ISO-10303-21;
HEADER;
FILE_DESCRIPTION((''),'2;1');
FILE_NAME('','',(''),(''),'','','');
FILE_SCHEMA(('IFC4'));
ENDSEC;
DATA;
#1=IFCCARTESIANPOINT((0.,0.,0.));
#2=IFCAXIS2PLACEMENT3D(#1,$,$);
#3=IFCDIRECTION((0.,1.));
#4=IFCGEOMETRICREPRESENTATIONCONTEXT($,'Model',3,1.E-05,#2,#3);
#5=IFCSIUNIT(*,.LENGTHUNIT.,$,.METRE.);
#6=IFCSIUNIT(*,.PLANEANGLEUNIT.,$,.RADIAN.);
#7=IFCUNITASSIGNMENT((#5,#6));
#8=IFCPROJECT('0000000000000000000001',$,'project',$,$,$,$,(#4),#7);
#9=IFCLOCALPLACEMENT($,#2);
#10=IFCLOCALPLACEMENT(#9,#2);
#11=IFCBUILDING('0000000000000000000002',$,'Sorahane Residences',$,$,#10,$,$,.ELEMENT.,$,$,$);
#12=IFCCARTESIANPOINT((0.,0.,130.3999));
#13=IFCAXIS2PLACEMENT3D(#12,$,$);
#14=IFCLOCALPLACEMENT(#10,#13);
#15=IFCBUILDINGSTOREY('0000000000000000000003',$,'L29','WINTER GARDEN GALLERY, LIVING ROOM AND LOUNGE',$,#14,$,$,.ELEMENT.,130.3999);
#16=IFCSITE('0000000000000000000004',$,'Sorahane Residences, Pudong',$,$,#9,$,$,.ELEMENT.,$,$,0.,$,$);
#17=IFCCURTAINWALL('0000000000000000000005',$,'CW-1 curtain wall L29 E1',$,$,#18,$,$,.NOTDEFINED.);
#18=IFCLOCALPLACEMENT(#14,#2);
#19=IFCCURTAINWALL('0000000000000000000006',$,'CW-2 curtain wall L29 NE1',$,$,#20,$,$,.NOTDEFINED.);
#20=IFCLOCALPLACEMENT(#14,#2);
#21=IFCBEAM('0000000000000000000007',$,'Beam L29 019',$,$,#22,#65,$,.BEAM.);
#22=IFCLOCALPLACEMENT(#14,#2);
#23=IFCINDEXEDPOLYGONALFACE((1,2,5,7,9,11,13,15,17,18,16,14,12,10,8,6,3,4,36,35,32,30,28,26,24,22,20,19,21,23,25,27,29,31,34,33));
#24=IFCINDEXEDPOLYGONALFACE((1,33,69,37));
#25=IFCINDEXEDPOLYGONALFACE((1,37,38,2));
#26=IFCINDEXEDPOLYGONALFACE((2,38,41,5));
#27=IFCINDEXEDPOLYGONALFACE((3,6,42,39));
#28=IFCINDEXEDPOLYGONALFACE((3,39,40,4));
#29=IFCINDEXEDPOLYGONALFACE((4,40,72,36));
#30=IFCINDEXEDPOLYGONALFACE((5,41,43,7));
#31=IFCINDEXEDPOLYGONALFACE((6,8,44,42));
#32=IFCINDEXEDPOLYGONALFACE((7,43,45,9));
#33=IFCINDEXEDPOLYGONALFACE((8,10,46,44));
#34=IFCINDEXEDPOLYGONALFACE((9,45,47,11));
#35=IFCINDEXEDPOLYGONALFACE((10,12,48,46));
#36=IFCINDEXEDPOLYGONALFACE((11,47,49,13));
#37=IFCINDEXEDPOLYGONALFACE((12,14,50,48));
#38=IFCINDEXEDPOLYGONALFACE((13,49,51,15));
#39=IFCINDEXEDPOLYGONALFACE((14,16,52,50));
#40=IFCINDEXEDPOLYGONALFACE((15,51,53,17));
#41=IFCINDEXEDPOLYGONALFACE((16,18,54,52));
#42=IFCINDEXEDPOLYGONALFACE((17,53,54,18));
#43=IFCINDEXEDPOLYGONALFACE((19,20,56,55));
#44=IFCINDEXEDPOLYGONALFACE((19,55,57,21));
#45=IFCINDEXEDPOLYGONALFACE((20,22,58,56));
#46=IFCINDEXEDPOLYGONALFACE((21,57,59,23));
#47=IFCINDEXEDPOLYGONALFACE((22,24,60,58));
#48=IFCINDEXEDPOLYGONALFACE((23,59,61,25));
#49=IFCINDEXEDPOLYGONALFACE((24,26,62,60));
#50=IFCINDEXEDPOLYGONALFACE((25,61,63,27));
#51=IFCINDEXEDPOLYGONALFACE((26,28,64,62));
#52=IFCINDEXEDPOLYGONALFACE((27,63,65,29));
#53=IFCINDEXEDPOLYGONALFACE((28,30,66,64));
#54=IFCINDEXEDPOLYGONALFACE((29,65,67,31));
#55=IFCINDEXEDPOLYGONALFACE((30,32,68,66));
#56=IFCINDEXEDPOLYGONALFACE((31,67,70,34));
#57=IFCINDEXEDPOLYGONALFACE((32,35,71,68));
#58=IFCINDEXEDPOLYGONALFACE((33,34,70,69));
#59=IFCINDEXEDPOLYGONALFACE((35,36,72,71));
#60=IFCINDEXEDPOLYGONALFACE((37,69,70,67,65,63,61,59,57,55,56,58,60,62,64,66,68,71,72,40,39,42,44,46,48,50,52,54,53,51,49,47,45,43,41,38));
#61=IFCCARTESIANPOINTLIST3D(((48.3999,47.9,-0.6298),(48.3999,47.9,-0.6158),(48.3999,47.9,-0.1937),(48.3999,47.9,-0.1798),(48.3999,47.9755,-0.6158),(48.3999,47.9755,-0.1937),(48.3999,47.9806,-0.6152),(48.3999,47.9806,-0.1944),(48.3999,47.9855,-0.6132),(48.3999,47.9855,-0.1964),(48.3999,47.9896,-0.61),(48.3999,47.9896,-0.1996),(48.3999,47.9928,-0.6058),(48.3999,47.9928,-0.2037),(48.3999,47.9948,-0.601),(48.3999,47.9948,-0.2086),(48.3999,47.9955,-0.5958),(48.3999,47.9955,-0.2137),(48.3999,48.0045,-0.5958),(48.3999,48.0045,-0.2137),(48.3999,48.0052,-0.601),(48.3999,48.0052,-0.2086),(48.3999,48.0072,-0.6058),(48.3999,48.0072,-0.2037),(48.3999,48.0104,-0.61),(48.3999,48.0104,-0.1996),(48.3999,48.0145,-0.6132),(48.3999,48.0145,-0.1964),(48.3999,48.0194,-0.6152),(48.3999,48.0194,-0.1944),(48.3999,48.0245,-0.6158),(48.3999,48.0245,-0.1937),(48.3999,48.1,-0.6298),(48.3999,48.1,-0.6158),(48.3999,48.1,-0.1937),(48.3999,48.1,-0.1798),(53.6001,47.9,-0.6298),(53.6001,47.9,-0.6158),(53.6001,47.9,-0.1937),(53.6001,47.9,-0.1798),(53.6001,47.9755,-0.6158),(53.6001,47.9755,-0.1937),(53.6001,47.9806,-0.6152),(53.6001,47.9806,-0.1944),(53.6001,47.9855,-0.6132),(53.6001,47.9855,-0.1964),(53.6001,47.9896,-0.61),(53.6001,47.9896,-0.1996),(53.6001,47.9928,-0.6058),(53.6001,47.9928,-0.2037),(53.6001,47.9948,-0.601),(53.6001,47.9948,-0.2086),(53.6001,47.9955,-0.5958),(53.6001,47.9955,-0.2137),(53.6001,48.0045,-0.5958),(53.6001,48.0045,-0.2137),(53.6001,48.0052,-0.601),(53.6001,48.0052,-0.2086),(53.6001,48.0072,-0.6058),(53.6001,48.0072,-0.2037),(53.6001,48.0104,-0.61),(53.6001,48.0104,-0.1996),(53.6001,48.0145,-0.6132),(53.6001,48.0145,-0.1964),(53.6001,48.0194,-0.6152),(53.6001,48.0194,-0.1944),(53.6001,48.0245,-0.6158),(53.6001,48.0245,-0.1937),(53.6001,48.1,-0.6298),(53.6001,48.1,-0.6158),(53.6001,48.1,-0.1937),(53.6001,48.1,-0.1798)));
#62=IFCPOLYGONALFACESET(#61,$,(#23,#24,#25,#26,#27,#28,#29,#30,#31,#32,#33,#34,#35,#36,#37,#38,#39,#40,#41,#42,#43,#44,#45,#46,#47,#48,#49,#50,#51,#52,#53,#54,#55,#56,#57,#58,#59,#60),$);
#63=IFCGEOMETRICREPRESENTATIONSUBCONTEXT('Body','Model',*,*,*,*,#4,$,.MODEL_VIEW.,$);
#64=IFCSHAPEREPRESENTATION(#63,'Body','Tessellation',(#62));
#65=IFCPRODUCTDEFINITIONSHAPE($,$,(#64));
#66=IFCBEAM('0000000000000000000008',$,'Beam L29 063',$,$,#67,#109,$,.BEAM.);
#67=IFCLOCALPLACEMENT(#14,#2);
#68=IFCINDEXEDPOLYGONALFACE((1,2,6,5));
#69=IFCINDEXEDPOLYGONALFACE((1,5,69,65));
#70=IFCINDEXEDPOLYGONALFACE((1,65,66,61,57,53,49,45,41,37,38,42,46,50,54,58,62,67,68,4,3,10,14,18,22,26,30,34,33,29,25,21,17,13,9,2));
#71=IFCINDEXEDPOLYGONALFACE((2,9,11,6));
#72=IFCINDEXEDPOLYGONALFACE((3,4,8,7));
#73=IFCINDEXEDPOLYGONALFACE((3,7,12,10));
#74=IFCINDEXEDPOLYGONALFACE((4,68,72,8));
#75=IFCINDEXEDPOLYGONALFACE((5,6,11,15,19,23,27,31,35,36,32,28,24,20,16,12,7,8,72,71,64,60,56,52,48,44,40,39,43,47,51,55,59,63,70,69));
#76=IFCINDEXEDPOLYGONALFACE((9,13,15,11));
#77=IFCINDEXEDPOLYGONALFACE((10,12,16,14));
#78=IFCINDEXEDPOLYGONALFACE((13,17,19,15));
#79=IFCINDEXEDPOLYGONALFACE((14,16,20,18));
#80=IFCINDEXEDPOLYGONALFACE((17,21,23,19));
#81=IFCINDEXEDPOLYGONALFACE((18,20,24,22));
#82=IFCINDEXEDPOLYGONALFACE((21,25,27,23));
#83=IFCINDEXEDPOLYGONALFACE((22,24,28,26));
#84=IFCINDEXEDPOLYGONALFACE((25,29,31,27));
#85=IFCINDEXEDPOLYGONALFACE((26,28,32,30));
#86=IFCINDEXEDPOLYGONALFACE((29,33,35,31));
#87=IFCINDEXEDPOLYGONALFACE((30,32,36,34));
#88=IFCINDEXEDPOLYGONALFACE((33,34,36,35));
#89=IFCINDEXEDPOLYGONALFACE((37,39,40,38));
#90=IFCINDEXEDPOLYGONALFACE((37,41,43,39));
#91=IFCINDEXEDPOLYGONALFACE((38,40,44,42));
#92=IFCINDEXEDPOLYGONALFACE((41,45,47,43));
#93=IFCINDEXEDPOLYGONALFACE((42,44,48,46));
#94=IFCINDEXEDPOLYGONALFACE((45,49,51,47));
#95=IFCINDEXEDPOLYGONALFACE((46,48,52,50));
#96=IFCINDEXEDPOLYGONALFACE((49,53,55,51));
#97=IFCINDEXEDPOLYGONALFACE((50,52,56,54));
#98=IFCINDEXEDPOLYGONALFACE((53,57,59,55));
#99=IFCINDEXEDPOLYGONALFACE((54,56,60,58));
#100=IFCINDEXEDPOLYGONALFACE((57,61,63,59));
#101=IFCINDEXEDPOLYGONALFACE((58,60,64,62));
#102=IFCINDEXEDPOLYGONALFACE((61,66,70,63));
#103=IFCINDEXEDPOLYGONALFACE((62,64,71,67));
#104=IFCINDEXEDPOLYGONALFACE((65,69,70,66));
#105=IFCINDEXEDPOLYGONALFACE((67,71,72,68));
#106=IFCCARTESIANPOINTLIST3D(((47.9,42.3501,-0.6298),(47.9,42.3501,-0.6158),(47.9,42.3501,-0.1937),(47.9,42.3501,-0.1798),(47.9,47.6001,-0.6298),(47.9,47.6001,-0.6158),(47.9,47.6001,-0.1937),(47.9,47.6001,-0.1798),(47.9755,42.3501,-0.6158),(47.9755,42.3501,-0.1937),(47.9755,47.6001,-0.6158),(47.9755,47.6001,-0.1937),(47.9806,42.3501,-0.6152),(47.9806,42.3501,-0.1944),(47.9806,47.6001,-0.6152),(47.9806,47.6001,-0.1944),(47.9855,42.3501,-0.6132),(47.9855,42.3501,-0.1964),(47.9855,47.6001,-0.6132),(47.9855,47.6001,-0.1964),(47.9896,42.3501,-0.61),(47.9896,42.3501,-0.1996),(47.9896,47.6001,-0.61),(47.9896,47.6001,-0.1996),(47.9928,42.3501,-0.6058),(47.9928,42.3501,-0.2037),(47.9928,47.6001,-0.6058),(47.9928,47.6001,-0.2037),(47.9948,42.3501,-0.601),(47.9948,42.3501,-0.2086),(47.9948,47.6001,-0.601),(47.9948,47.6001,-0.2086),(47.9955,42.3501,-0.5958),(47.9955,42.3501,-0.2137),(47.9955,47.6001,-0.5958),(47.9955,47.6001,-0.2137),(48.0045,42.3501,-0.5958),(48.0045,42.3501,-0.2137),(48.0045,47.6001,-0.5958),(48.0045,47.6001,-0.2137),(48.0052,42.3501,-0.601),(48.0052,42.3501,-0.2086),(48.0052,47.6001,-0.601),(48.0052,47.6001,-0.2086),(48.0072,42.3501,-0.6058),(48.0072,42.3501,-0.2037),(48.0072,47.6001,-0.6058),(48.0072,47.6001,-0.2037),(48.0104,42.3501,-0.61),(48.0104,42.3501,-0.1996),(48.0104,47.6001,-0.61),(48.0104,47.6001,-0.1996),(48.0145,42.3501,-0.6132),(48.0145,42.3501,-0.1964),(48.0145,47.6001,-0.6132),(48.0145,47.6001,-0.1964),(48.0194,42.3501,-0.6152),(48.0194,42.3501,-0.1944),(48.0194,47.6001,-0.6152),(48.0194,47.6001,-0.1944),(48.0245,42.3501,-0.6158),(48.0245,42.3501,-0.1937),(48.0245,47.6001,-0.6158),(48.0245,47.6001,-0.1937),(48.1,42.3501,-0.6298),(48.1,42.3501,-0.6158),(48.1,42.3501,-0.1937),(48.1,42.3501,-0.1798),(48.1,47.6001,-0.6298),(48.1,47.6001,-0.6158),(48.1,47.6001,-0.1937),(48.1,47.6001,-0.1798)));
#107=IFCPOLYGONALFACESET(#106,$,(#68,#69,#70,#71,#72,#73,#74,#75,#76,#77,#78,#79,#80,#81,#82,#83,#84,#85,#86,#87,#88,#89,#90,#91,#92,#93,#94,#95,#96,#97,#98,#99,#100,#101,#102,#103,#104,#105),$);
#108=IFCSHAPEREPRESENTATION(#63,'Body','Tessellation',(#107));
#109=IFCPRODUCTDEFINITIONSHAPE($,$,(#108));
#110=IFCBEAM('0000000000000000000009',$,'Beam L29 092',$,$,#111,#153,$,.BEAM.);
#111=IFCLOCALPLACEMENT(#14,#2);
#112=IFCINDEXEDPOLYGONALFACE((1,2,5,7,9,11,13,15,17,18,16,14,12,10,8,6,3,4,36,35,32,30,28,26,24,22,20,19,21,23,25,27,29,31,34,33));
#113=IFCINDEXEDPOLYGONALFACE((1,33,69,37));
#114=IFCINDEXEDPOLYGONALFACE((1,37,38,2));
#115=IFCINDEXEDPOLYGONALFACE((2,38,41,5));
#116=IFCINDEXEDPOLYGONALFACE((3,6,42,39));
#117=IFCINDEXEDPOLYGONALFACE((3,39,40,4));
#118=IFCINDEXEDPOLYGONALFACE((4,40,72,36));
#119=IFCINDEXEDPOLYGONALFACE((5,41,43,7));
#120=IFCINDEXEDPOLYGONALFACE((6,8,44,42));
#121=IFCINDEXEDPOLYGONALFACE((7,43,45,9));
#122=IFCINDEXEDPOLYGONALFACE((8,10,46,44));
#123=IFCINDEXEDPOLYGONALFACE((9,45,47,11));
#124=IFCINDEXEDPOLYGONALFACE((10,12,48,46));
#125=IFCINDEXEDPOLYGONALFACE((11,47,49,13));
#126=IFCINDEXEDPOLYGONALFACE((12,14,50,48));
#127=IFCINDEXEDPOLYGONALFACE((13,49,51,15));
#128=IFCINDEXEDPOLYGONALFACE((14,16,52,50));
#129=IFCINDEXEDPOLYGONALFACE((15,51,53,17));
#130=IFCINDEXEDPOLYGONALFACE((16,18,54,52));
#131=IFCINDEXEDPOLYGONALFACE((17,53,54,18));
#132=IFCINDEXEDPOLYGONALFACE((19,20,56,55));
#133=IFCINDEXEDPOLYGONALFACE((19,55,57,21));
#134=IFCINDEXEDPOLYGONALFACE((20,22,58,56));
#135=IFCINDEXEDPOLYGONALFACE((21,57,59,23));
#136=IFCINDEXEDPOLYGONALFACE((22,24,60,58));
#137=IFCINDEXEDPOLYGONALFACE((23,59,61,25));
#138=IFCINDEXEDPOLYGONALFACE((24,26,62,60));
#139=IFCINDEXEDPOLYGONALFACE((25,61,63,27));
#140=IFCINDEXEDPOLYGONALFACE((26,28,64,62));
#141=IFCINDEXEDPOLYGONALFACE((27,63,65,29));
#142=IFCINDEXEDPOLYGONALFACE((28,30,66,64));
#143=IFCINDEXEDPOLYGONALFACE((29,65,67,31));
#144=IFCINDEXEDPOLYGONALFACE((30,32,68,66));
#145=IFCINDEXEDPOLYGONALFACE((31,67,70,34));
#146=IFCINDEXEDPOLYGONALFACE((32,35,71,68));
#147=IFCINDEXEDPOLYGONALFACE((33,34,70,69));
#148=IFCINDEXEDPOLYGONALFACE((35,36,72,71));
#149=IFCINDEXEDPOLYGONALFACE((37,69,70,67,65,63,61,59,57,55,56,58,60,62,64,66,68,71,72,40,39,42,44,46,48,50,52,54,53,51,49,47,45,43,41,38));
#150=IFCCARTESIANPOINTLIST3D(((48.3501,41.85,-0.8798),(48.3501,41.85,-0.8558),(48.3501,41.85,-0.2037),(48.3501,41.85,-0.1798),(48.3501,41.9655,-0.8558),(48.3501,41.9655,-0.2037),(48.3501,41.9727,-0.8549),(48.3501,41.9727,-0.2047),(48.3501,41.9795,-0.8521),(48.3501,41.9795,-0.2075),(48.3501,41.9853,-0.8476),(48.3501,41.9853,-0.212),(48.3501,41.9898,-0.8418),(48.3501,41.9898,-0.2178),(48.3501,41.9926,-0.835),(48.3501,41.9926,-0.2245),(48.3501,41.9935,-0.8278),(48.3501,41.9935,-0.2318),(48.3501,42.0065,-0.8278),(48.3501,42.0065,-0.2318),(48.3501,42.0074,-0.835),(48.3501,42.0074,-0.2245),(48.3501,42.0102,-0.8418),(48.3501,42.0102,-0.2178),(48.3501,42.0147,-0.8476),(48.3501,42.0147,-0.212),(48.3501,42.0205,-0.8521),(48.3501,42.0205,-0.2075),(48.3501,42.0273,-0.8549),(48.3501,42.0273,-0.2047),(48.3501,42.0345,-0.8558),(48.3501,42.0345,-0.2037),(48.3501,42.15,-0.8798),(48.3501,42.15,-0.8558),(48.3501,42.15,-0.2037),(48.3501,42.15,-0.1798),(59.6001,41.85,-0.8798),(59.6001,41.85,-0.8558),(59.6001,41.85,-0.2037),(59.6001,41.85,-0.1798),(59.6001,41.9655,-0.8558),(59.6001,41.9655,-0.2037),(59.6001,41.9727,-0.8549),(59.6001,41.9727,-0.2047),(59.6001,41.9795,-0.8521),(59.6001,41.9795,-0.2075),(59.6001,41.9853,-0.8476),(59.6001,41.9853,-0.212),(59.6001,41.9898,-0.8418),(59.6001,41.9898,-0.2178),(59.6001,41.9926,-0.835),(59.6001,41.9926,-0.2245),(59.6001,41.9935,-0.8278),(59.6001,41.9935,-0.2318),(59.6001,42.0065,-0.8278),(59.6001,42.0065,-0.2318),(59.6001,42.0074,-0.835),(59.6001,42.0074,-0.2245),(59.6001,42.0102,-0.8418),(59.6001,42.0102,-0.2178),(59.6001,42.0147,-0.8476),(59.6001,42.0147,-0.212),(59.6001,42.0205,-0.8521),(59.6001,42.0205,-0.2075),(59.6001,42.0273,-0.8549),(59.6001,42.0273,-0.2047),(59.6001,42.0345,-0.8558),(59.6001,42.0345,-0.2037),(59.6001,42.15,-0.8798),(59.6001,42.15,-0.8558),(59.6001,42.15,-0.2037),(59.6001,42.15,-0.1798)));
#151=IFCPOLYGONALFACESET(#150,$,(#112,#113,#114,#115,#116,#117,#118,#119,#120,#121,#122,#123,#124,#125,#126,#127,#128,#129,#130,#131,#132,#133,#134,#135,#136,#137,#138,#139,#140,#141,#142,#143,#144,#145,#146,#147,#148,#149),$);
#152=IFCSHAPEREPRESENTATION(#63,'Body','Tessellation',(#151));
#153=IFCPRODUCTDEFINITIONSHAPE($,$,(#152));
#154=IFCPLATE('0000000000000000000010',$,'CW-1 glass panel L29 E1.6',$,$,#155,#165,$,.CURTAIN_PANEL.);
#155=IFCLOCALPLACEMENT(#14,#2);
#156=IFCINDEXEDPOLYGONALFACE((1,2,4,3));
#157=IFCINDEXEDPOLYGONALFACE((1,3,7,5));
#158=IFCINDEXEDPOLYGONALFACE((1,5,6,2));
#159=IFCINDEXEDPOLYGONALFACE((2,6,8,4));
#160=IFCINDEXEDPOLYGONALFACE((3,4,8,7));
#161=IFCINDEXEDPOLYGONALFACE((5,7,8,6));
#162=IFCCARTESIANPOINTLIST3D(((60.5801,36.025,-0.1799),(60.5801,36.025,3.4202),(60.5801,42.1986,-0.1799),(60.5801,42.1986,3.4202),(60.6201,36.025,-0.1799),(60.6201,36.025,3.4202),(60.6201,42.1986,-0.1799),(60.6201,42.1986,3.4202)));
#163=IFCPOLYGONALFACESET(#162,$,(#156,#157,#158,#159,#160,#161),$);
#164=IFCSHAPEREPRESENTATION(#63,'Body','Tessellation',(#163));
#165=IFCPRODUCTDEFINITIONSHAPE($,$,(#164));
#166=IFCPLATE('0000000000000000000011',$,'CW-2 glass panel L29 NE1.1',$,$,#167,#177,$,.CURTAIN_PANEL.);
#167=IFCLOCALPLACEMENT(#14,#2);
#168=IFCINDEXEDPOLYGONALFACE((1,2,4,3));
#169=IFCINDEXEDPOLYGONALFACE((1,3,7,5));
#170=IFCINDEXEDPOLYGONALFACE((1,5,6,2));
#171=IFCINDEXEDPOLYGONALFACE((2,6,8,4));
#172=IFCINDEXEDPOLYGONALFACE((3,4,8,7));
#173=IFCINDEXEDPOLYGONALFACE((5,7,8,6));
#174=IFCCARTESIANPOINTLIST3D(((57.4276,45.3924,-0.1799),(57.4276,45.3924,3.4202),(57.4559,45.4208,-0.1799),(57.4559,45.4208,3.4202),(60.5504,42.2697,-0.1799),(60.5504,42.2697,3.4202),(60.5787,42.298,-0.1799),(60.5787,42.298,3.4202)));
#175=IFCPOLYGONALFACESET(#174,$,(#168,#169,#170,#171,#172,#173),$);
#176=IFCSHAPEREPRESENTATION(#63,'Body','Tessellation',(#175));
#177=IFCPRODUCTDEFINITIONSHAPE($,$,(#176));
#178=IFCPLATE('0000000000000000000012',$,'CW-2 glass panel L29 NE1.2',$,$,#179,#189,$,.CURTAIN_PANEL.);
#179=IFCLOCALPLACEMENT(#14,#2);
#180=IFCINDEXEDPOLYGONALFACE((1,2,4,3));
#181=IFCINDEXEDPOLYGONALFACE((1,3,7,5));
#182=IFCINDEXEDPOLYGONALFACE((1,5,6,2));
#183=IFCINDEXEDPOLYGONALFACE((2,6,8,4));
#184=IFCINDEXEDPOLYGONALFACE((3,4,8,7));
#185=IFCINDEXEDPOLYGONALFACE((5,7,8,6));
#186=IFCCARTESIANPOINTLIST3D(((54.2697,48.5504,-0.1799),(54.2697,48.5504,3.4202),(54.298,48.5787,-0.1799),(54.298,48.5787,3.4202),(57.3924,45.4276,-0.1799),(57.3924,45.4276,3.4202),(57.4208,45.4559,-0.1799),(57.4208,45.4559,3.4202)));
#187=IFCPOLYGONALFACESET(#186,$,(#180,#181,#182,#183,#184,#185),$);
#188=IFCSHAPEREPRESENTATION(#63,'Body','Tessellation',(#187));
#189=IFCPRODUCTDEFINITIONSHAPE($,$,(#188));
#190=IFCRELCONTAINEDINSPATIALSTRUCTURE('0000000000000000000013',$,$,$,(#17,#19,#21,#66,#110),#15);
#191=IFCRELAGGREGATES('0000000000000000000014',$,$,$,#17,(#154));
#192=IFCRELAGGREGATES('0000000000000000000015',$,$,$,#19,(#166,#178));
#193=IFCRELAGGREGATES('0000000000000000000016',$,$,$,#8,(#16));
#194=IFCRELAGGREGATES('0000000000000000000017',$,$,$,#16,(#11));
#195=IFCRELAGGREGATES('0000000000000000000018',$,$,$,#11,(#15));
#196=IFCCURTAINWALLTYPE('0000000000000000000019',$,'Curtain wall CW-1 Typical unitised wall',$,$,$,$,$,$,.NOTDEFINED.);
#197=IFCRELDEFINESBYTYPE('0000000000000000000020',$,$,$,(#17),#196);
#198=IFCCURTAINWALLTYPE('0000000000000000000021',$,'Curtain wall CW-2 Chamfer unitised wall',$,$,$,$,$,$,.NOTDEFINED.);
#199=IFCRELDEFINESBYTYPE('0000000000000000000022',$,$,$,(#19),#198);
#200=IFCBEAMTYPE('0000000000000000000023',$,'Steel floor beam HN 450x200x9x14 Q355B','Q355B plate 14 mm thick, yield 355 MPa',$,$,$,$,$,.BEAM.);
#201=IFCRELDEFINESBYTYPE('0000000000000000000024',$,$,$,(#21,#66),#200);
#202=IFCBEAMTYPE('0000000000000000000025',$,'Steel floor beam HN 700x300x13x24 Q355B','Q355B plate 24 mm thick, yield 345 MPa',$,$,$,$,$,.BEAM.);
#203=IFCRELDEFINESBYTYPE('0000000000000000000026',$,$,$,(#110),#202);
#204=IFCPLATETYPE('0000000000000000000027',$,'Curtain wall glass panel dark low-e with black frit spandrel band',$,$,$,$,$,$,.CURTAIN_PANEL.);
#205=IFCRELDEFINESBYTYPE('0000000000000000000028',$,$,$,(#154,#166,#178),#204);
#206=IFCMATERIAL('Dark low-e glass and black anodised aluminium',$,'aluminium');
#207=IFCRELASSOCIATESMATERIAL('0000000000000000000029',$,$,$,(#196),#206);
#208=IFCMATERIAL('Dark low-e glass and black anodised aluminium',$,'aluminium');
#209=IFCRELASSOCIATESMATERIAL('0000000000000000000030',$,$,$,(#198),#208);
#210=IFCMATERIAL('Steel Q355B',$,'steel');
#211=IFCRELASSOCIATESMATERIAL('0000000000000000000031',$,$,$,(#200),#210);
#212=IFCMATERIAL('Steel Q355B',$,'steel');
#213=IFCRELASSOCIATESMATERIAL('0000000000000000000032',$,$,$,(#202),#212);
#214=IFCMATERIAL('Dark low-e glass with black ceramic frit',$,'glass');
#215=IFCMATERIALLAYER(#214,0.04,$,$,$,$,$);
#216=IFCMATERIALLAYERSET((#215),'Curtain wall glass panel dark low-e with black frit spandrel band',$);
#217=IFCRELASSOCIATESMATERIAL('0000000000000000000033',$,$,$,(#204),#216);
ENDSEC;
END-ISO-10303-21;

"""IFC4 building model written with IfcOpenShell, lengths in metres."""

from ifc_helpers import new_model, si_unit, direction, frame, origin, origin_2d, place, context, subcontext, project, spatial, rectangle, i_section, extrude, material, layer, layer_set, material_profile, profile_set, type_object, element, aggregate, save


model = new_model("IFC4")

# Units and contexts
model_context = context("Model", 3, precision=1e-05, world=origin(), true_north=direction((0.0, 1.0)))
body_context = subcontext(model_context, "Body", "Model", "MODEL_VIEW")
ifc_project = project(units=[si_unit("LENGTHUNIT", "METRE"), si_unit("PLANEANGLEUNIT", "RADIAN")], contexts=[model_context])

# Site, building, storey
site_placement = place(None, origin())
site = spatial("IfcSite", under=ifc_project, at=site_placement, Name="Sorahane Residences, Pudong", CompositionType="ELEMENT", RefElevation=0.0)
building_placement = place(site_placement, origin())
building = spatial("IfcBuilding", under=site, at=building_placement, Name="Sorahane Residences", CompositionType="ELEMENT")
storey_placement = place(building_placement, frame((0.0, 0.0, 130.3999)))
storey = spatial("IfcBuildingStorey", under=building, at=storey_placement, Name="L29", Description="WINTER GARDEN GALLERY, LIVING ROOM AND LOUNGE", CompositionType="ELEMENT", Elevation=130.3999)

# Curtain wall
ifc_material_1 = material(Name="Dark low-e glass and black anodised aluminium", Category="aluminium")
curtain_wall_type_1 = type_object("IfcCurtainWallType", Name="Curtain wall CW-1 Typical unitised wall", PredefinedType="NOTDEFINED", material=ifc_material_1)
curtain_wall_1_placement = place(storey_placement, origin())
curtain_wall_1 = element("IfcCurtainWall", 1, at=curtain_wall_1_placement, inside=storey, type_object=curtain_wall_type_1, Name="CW-1 curtain wall L29 E1", PredefinedType="NOTDEFINED")

# Curtain wall
ifc_material_2 = material(Name="Dark low-e glass and black anodised aluminium", Category="aluminium")
curtain_wall_type_2 = type_object("IfcCurtainWallType", Name="Curtain wall CW-2 Chamfer unitised wall", PredefinedType="NOTDEFINED", material=ifc_material_2)
curtain_wall_2_placement = place(storey_placement, origin())
curtain_wall_2 = element("IfcCurtainWall", 2, at=curtain_wall_2_placement, inside=storey, type_object=curtain_wall_type_2, Name="CW-2 curtain wall L29 NE1", PredefinedType="NOTDEFINED")

# Beams
ifc_material_3 = material(Name="Steel Q355B", Category="steel")
ifc_material_profile_1 = material_profile(ifc_material_3, i_section(OverallWidth=0.2, OverallDepth=0.45, WebThickness=0.009, FlangeThickness=0.0139, FilletRadius=0.02, at=origin_2d()), Name="HN 450x200x9x14")
ifc_profile_set_1 = profile_set([ifc_material_profile_1], Name="Steel Q355B")
beam_type_1 = type_object("IfcBeamType", Name="Steel floor beam HN 450x200x9x14 Q355B", Description="Q355B plate 14 mm thick, yield 355 MPa", PredefinedType="BEAM", material=ifc_profile_set_1)
beam_1_placement = place(storey_placement, frame((48.3999, 48.0, -0.4048), z_axis=(1.0, 0.0, 0.0), x_axis=(0.0, 1.0, 0.0)))
element("IfcBeam", 3, at=beam_1_placement, inside=storey, type_object=beam_type_1, Name="Beam L29 019", PredefinedType="BEAM", context=body_context, shape_type="SweptSolid", body=[
    extrude(i_section(OverallWidth=0.2, OverallDepth=0.45, WebThickness=0.009, FlangeThickness=0.0139, FilletRadius=0.02, at=origin_2d()), origin(), (0.0, 0.0, 1.0), 5.2002),
])
beam_2_placement = place(storey_placement, frame((48.0, 42.3501, -0.4048), z_axis=(0.0, 1.0, 0.0), x_axis=(-1.0, 0.0, 0.0)))
element("IfcBeam", 4, at=beam_2_placement, inside=storey, type_object=beam_type_1, Name="Beam L29 063", PredefinedType="BEAM", context=body_context, shape_type="SweptSolid", body=[
    extrude(i_section(OverallWidth=0.2, OverallDepth=0.45, WebThickness=0.009, FlangeThickness=0.0139, FilletRadius=0.02, at=origin_2d()), origin(), (0.0, 0.0, 1.0), 5.25),
])
ifc_material_4 = material(Name="Steel Q355B", Category="steel")
ifc_material_profile_2 = material_profile(ifc_material_4, i_section(OverallWidth=0.3, OverallDepth=0.7, WebThickness=0.0129, FlangeThickness=0.0239, FilletRadius=0.0281, at=origin_2d()), Name="HN 700x300x13x24")
ifc_profile_set_2 = profile_set([ifc_material_profile_2], Name="Steel Q355B")
beam_type_2 = type_object("IfcBeamType", Name="Steel floor beam HN 700x300x13x24 Q355B", Description="Q355B plate 24 mm thick, yield 345 MPa", PredefinedType="BEAM", material=ifc_profile_set_2)
beam_3_placement = place(storey_placement, frame((48.3501, 42.0, -0.5298), z_axis=(1.0, 0.0, 0.0), x_axis=(0.0, 1.0, 0.0)))
element("IfcBeam", 5, at=beam_3_placement, inside=storey, type_object=beam_type_2, Name="Beam L29 092", PredefinedType="BEAM", context=body_context, shape_type="SweptSolid", body=[
    extrude(i_section(OverallWidth=0.3, OverallDepth=0.7, WebThickness=0.0129, FlangeThickness=0.0239, FilletRadius=0.0281, at=origin_2d()), origin(), (0.0, 0.0, 1.0), 11.25),
])

# Plates
ifc_material_5 = material(Name="Dark low-e glass with black ceramic frit", Category="glass")
ifc_layer_1 = layer(ifc_material_5, 0.04)
ifc_layer_set_1 = layer_set([ifc_layer_1], Name="Curtain wall glass panel dark low-e with black frit spandrel band")
plate_type = type_object("IfcPlateType", Name="Curtain wall glass panel dark low-e with black frit spandrel band", PredefinedType="CURTAIN_PANEL", material=ifc_layer_set_1)
plate_1_placement = place(storey_placement, frame((60.6001, 39.1118, -0.1799), z_axis=(0.0, 0.0, 1.0), x_axis=(0.0, 1.0, 0.0)))
plate_1 = element("IfcPlate", 6, at=plate_1_placement, type_object=plate_type, Name="CW-1 glass panel L29 E1.6", PredefinedType="CURTAIN_PANEL", context=body_context, shape_type="SweptSolid", body=[
    extrude(rectangle(XDim=6.1736, YDim=0.04, at=origin_2d()), origin(), (0.0, 0.0, 1.0), 3.6001),
])
aggregate(curtain_wall_1, [plate_1])
plate_2_placement = place(storey_placement, frame((59.0032, 43.8452, -0.1799), z_axis=(0.0, 0.0, 1.0), x_axis=(-0.707107, 0.707107, 0.0)))
plate_2 = element("IfcPlate", 7, at=plate_2_placement, type_object=plate_type, Name="CW-2 glass panel L29 NE1.1", PredefinedType="CURTAIN_PANEL", context=body_context, shape_type="SweptSolid", body=[
    extrude(rectangle(XDim=4.4163, YDim=0.04, at=origin_2d()), origin(), (0.0, 0.0, 1.0), 3.6001),
])
plate_3_placement = place(storey_placement, frame((55.8452, 47.0032, -0.1799), z_axis=(0.0, 0.0, 1.0), x_axis=(-0.707107, 0.707107, 0.0)))
plate_3 = element("IfcPlate", 8, at=plate_3_placement, type_object=plate_type, Name="CW-2 glass panel L29 NE1.2", PredefinedType="CURTAIN_PANEL", context=body_context, shape_type="SweptSolid", body=[
    extrude(rectangle(XDim=4.4163, YDim=0.04, at=origin_2d()), origin(), (0.0, 0.0, 1.0), 3.6001),
])
aggregate(curtain_wall_2, [plate_2, plate_3])

save(model, "model.ifc")
